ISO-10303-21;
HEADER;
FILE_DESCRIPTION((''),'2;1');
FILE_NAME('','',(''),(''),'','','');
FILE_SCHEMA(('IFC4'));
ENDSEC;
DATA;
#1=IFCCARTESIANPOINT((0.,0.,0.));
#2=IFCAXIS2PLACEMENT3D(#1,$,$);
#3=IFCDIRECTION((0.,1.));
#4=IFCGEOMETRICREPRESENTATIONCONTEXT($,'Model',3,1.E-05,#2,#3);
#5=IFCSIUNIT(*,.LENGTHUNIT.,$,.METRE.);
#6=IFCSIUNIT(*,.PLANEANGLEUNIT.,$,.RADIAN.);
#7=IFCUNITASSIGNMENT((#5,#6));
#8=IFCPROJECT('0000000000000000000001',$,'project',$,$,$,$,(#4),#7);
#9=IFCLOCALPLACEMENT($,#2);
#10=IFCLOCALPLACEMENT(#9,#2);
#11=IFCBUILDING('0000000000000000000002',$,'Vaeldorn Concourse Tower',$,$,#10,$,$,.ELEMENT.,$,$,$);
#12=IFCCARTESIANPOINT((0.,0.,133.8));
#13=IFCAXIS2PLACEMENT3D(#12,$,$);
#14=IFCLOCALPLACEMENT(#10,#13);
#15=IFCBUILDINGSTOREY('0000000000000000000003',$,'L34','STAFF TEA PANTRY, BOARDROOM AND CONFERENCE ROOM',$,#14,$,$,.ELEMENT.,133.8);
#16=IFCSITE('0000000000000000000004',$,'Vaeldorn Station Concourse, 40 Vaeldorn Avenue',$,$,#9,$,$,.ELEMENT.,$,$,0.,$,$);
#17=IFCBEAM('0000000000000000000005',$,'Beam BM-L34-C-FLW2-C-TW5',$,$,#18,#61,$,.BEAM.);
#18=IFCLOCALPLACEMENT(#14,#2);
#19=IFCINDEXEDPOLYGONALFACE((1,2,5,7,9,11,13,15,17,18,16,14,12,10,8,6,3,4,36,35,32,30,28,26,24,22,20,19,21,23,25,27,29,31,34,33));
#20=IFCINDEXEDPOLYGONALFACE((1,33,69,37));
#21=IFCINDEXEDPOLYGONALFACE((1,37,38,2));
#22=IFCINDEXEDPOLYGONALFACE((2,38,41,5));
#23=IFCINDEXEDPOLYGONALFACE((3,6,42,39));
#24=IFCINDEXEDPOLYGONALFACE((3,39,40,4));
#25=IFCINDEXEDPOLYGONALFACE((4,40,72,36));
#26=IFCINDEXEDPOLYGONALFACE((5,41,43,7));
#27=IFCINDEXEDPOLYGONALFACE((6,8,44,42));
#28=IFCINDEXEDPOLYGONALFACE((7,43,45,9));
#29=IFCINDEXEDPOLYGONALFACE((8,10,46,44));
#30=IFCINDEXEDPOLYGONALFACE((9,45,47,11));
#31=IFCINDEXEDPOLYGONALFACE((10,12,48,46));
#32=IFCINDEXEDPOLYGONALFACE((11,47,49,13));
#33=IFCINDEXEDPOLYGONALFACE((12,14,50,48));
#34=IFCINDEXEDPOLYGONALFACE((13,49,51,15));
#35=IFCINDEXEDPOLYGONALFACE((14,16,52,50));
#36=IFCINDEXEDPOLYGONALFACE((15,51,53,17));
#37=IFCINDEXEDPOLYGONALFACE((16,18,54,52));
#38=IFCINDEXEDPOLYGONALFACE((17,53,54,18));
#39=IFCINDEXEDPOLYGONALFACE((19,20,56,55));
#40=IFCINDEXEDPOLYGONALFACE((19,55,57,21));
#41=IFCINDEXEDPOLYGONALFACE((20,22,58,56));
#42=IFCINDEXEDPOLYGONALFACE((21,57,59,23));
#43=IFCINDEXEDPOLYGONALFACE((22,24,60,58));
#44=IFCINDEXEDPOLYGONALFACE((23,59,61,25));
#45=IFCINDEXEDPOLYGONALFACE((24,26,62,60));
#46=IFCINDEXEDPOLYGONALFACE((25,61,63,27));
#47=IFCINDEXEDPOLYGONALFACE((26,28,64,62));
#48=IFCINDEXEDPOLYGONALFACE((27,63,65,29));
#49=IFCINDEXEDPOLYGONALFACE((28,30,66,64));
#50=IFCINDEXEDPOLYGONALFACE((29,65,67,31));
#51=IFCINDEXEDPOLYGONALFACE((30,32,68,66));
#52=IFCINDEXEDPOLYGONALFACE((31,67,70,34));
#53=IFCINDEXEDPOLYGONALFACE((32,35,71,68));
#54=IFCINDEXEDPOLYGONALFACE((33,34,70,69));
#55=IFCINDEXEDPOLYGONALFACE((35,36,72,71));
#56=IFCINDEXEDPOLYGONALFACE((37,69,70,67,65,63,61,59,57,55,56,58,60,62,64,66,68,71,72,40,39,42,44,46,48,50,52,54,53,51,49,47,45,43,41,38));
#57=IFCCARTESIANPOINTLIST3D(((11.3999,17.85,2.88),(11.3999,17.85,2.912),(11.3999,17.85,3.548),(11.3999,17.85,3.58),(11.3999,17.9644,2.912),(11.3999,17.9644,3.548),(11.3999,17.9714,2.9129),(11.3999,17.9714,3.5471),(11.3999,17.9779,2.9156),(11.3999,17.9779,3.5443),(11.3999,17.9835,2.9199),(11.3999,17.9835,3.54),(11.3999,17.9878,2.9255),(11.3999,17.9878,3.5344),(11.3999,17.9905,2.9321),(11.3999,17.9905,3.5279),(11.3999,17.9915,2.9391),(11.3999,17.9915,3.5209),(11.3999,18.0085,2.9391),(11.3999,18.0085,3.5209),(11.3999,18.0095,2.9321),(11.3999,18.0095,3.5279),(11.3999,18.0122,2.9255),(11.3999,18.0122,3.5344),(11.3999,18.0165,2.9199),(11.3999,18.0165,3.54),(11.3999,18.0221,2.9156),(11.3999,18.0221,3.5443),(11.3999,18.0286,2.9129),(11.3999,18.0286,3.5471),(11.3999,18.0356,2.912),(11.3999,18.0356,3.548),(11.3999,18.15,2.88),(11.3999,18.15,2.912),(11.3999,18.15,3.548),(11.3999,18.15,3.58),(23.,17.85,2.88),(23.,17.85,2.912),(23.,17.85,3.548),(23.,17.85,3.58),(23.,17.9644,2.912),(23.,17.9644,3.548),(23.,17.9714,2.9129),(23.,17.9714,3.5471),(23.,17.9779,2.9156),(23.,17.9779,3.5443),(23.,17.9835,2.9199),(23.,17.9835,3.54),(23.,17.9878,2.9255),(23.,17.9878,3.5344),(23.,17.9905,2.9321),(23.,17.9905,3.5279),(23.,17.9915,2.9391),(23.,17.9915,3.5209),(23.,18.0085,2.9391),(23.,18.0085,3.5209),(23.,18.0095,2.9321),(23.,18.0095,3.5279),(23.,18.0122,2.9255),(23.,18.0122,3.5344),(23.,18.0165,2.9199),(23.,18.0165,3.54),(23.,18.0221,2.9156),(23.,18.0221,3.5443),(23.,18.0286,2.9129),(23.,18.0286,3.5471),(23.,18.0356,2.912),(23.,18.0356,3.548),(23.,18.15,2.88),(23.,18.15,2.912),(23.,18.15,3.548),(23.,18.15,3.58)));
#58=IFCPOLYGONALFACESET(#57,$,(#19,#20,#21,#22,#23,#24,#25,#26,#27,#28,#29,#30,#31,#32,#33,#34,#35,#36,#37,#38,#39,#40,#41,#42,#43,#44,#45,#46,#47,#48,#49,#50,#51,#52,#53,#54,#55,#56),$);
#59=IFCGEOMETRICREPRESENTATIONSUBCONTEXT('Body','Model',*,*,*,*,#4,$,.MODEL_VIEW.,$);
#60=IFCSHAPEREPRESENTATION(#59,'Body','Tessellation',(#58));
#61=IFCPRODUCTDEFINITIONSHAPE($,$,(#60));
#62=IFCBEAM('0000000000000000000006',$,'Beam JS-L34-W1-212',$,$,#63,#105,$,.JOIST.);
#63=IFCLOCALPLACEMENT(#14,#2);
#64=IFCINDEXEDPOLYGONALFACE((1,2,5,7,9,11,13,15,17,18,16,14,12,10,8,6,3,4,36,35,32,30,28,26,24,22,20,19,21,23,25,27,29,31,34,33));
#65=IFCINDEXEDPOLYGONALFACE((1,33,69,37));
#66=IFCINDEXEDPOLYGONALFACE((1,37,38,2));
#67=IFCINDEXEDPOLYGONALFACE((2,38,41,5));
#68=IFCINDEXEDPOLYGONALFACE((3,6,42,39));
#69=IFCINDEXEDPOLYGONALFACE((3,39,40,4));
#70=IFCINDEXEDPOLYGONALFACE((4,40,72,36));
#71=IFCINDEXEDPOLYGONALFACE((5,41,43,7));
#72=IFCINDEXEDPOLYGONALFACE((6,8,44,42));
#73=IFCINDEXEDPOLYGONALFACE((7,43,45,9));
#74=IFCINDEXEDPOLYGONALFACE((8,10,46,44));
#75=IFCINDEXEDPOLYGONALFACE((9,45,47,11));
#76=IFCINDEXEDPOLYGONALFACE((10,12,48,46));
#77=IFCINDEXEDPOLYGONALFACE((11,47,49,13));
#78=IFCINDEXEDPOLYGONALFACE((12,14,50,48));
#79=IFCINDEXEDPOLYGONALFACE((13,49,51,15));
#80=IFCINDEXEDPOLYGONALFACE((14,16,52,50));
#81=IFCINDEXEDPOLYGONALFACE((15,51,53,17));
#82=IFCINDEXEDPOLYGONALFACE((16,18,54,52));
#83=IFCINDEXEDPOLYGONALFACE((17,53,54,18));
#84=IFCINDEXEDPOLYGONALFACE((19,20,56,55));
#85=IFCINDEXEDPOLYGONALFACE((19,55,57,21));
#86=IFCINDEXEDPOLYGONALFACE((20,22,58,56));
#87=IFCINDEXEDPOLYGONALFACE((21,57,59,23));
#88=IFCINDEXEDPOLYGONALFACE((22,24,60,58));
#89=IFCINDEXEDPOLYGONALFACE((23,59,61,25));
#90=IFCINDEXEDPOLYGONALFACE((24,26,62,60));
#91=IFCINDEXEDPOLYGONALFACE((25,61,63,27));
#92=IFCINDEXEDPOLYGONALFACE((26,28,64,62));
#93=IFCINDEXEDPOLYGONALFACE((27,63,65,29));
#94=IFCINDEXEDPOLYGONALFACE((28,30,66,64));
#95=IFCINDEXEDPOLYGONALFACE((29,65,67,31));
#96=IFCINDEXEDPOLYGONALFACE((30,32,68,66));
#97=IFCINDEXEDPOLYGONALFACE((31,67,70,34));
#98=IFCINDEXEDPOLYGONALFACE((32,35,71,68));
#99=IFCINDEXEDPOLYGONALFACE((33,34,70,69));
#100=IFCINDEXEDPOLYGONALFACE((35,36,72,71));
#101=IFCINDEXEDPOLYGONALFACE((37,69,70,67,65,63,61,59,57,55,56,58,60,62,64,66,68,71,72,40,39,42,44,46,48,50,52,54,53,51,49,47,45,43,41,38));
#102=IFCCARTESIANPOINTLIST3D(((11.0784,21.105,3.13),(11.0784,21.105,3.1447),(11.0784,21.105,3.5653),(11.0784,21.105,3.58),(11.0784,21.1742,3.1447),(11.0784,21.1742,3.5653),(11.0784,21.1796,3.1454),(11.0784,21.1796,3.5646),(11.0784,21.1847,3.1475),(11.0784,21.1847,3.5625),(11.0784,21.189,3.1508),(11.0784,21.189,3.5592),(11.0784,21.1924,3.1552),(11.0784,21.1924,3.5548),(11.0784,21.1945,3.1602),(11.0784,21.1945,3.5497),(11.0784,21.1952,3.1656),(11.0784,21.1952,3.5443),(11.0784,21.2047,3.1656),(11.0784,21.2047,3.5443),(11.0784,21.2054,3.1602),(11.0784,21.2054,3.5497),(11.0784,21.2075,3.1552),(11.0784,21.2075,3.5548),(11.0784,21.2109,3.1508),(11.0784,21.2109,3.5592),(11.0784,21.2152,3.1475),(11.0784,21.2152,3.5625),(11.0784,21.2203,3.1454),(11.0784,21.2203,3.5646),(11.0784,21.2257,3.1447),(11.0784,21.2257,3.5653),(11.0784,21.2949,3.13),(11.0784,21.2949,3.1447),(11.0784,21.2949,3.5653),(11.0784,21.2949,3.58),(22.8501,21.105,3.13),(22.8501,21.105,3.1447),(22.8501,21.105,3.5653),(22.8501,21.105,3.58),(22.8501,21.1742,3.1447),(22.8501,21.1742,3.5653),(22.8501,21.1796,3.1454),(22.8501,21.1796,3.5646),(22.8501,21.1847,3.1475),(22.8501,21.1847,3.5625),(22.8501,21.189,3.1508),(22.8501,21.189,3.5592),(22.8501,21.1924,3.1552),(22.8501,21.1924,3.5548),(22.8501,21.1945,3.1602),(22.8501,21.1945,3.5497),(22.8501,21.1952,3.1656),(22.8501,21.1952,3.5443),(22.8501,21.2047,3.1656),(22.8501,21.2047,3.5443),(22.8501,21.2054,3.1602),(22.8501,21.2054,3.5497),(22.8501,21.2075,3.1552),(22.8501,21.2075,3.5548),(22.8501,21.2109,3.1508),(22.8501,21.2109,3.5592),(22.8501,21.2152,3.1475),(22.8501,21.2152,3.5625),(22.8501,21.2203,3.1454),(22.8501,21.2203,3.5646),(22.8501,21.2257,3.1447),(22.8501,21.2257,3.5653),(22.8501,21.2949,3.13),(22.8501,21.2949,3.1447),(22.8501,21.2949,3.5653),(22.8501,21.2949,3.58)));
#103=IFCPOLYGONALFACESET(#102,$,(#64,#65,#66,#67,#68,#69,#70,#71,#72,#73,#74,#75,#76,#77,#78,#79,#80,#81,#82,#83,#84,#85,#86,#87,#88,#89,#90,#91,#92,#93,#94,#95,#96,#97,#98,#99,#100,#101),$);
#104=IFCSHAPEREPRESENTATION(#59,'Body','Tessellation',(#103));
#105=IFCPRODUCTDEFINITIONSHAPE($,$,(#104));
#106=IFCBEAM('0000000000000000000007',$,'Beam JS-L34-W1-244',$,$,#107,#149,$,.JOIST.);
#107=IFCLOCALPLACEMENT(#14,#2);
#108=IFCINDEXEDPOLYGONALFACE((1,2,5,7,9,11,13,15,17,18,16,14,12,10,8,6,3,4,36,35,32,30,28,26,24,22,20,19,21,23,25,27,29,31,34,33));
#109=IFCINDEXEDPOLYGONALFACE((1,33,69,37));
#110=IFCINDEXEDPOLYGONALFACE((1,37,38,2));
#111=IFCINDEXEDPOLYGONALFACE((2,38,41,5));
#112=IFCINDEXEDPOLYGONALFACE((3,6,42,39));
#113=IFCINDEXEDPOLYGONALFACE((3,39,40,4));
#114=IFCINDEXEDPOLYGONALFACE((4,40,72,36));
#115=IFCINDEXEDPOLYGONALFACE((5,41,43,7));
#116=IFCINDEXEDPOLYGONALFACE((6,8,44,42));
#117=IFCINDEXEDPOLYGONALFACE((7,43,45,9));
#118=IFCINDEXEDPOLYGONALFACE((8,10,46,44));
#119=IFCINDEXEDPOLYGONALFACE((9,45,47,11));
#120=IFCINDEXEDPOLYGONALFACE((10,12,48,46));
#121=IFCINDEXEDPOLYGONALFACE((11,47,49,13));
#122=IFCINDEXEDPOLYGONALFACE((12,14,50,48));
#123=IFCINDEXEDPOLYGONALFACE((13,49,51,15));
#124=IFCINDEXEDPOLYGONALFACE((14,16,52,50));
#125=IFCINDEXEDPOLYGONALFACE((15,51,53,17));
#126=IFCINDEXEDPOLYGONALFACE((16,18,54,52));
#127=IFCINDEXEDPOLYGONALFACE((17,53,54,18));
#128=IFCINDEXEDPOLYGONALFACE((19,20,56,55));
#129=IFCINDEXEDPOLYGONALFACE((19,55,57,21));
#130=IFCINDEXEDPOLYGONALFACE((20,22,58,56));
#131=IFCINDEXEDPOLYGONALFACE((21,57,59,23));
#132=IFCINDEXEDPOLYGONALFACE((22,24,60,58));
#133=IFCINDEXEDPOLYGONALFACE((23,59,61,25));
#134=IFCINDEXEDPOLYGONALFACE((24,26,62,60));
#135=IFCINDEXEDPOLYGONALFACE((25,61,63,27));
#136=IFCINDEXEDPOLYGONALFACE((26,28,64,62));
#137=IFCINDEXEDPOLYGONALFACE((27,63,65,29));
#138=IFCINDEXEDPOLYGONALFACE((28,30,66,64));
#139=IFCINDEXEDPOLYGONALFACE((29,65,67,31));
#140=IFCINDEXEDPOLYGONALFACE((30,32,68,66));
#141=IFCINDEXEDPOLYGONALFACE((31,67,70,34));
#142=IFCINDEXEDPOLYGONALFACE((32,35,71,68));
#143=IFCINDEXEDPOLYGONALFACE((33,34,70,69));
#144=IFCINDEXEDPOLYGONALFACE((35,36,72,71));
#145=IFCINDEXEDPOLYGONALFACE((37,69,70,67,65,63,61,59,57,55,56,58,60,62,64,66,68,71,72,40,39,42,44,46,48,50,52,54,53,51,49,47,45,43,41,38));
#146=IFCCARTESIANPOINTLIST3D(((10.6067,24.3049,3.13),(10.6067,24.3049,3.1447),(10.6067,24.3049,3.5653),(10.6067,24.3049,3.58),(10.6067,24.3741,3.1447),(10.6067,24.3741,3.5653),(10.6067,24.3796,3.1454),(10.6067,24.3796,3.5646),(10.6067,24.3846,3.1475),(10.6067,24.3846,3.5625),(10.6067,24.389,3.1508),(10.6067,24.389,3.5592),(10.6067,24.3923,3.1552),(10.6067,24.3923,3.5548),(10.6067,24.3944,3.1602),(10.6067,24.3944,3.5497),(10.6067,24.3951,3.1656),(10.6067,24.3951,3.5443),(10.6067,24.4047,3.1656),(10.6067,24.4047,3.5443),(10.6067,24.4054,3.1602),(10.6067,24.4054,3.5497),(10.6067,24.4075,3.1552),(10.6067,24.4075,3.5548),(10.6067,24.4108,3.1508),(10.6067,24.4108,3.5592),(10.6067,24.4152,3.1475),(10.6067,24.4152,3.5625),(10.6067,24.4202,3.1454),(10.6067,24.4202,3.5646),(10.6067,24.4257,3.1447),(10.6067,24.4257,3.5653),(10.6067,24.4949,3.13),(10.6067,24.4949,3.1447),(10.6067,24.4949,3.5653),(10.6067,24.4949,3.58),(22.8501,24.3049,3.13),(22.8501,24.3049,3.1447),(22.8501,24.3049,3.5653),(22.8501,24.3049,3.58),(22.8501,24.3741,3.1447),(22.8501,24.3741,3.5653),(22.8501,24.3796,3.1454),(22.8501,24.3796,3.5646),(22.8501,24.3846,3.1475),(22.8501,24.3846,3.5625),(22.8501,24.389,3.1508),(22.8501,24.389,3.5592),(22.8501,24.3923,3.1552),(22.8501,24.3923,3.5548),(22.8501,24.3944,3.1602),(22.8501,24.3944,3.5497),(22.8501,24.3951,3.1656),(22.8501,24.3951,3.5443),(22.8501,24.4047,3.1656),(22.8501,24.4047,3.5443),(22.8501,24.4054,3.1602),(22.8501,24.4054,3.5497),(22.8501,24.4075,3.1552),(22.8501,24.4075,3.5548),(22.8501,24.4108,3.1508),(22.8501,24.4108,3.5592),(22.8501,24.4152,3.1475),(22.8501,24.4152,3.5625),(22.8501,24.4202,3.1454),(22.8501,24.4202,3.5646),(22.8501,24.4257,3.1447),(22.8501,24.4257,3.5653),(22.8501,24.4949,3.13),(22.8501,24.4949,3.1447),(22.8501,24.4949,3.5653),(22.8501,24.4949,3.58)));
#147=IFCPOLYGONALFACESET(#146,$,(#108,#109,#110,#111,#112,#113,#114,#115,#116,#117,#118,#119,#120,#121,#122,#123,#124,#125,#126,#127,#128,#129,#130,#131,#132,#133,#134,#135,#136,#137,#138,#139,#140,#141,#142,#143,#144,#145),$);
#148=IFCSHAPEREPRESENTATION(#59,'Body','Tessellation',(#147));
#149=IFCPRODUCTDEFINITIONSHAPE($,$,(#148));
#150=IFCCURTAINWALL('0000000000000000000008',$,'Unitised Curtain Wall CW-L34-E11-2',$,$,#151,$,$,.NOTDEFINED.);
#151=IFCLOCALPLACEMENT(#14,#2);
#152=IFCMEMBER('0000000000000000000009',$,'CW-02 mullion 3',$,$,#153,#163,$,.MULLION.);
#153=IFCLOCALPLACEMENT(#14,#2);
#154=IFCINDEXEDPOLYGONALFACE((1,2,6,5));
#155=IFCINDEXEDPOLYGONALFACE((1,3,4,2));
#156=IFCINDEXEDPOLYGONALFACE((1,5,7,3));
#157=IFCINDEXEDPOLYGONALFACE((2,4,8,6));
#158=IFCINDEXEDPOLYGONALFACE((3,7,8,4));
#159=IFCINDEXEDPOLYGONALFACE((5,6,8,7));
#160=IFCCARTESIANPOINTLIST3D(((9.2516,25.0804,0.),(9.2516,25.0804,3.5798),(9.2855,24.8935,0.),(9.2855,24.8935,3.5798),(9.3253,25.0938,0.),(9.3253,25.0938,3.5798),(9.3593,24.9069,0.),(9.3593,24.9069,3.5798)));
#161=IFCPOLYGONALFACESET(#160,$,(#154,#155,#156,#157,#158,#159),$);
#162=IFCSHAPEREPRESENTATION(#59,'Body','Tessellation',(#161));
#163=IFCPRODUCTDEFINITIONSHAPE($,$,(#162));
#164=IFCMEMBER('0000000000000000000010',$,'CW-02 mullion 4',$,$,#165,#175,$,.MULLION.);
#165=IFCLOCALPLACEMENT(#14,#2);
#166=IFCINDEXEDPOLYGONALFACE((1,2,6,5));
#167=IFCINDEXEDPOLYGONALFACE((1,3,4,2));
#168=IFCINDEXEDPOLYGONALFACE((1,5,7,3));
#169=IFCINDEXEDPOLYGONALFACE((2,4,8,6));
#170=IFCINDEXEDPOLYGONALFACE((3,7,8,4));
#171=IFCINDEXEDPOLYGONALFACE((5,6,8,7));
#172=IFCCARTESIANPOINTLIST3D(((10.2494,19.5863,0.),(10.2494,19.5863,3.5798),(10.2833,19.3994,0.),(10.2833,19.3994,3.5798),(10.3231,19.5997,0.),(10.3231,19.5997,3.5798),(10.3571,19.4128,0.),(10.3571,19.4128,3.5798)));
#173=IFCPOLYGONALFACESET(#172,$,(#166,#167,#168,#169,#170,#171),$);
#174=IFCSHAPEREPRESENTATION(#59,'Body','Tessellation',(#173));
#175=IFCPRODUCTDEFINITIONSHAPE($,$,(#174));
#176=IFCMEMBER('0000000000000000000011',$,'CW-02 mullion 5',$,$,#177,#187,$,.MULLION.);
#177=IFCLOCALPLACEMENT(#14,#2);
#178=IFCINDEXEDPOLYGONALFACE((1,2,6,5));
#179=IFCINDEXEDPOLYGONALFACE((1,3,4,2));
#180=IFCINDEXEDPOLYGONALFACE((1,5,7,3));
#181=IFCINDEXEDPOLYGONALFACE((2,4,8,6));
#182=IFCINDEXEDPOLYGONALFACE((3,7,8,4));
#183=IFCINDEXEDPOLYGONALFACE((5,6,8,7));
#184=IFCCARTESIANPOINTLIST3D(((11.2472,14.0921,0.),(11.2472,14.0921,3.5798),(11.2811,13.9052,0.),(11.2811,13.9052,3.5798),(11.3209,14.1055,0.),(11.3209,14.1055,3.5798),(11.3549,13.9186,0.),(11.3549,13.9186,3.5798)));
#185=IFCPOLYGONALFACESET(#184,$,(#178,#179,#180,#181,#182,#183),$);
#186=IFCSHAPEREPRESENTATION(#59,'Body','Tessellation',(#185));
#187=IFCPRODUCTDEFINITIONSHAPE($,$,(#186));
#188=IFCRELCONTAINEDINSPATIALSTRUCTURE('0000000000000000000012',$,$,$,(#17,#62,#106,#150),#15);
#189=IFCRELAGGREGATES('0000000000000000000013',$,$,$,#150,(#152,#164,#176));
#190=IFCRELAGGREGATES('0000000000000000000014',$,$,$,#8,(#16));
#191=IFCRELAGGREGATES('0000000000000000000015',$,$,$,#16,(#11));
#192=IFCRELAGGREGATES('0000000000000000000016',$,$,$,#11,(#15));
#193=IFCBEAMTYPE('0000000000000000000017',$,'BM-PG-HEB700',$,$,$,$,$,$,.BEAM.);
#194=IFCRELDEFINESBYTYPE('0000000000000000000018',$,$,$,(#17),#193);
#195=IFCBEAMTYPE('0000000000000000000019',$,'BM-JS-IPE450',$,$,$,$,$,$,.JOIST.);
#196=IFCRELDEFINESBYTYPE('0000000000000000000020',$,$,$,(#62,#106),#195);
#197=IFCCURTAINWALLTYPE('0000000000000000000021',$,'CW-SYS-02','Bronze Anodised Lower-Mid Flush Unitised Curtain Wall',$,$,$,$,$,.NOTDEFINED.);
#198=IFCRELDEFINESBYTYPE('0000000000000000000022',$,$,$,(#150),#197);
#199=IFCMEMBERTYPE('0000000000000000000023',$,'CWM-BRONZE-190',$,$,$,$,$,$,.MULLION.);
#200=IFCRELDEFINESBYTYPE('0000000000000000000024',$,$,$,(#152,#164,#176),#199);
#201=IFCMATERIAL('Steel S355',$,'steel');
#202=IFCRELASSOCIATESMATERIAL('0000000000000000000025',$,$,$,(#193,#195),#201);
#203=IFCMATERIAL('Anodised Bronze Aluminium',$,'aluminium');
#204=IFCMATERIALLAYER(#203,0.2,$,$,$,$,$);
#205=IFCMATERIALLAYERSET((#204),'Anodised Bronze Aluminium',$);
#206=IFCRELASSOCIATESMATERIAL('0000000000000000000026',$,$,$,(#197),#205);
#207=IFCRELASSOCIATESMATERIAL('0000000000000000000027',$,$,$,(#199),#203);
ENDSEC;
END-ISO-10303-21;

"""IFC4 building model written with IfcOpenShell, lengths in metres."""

from ifc_helpers import new_model, si_unit, direction, frame, origin, origin_2d, place, context, subcontext, project, spatial, rectangle, i_section, extrude, source, transform, mapped, material, layer, layer_set, material_profile, profile_set, type_object, element, aggregate, save


model = new_model("IFC4")

# Units and contexts
model_context = context("Model", 3, precision=1e-05, world=origin(), true_north=direction((0.0, 1.0)))
body_context = subcontext(model_context, "Body", "Model", "MODEL_VIEW")
ifc_project = project(units=[si_unit("LENGTHUNIT", "METRE"), si_unit("PLANEANGLEUNIT", "RADIAN")], contexts=[model_context])

# Site, building, storey
site_placement = place(None, origin())
site = spatial("IfcSite", under=ifc_project, at=site_placement, Name="Vaeldorn Station Concourse, 40 Vaeldorn Avenue", CompositionType="ELEMENT", RefElevation=0.0)
building_placement = place(site_placement, origin())
building = spatial("IfcBuilding", under=site, at=building_placement, Name="Vaeldorn Concourse Tower", CompositionType="ELEMENT")
storey_placement = place(building_placement, frame((0.0, 0.0, 133.8)))
storey = spatial("IfcBuildingStorey", under=building, at=storey_placement, Name="L34", Description="STAFF TEA PANTRY, BOARDROOM AND CONFERENCE ROOM", CompositionType="ELEMENT", Elevation=133.8)

# Beams
ifc_material_1 = material(Name="Steel S355", Category="steel")
ifc_material_profile_1 = material_profile(ifc_material_1, i_section(OverallWidth=0.3, OverallDepth=0.7, WebThickness=0.0171, FlangeThickness=0.032, FilletRadius=0.0271, at=origin_2d()), Name="HEB 700")
ifc_profile_set_1 = profile_set([ifc_material_profile_1], Name="Steel S355")
beam_type_1 = type_object("IfcBeamType", Name="BM-PG-HEB700", PredefinedType="BEAM", material=ifc_profile_set_1)
shared_shape_1 = source(origin(), body_context, "Body", "SweptSolid", [
    extrude(i_section(OverallWidth=0.3, OverallDepth=0.7, WebThickness=0.0171, FlangeThickness=0.032, FilletRadius=0.0271, at=origin_2d()), origin(), (0.0, 0.0, 1.0), 11.6001),
])
beam_1_placement = place(storey_placement, frame((11.3999, 18.0, 3.23), z_axis=(1.0, 0.0, 0.0), x_axis=(0.0, 1.0, 0.0)))
element("IfcBeam", 1, at=beam_1_placement, inside=storey, type_object=beam_type_1, Name="Beam BM-L34-C-FLW2-C-TW5", PredefinedType="BEAM", context=body_context, shape_type="MappedRepresentation", body=[
    mapped(shared_shape_1, transform((0.0, 0.0, 0.0), scale=1.0)),
])
ifc_material_profile_2 = material_profile(ifc_material_1, i_section(OverallWidth=0.1899, OverallDepth=0.45, WebThickness=0.0095, FlangeThickness=0.0146, FilletRadius=0.021, at=origin_2d()), Name="IPE 450")
ifc_profile_set_2 = profile_set([ifc_material_profile_2], Name="Steel S355")
beam_type_2 = type_object("IfcBeamType", Name="BM-JS-IPE450", PredefinedType="JOIST", material=ifc_profile_set_2)
shared_shape_2 = source(origin(), body_context, "Body", "SweptSolid", [
    extrude(i_section(OverallWidth=0.1899, OverallDepth=0.45, WebThickness=0.0095, FlangeThickness=0.0146, FilletRadius=0.021, at=origin_2d()), origin(), (0.0, 0.0, 1.0), 11.7717),
])
beam_2_placement = place(storey_placement, frame((11.0784, 21.2, 3.355), z_axis=(1.0, 0.0, 0.0), x_axis=(0.0, 1.0, 0.0)))
element("IfcBeam", 2, at=beam_2_placement, inside=storey, type_object=beam_type_2, Name="Beam JS-L34-W1-212", PredefinedType="JOIST", context=body_context, shape_type="MappedRepresentation", body=[
    mapped(shared_shape_2, transform((0.0, 0.0, 0.0), scale=1.0)),
])
shared_shape_3 = source(origin(), body_context, "Body", "SweptSolid", [
    extrude(i_section(OverallWidth=0.1899, OverallDepth=0.45, WebThickness=0.0095, FlangeThickness=0.0146, FilletRadius=0.021, at=origin_2d()), origin(), (0.0, 0.0, 1.0), 12.2434),
])
beam_3_placement = place(storey_placement, frame((10.6067, 24.3999, 3.355), z_axis=(1.0, 0.0, 0.0), x_axis=(0.0, 1.0, 0.0)))
element("IfcBeam", 3, at=beam_3_placement, inside=storey, type_object=beam_type_2, Name="Beam JS-L34-W1-244", PredefinedType="JOIST", context=body_context, shape_type="MappedRepresentation", body=[
    mapped(shared_shape_3, transform((0.0, 0.0, 0.0), scale=1.0)),
])

# Curtain wall, members
ifc_material_2 = material(Name="Anodised Bronze Aluminium", Category="aluminium")
ifc_layer_1 = layer(ifc_material_2, 0.2)
ifc_layer_set_1 = layer_set([ifc_layer_1], Name="Anodised Bronze Aluminium")
curtain_wall_type = type_object("IfcCurtainWallType", Name="CW-SYS-02", Description="Bronze Anodised Lower-Mid Flush Unitised Curtain Wall", PredefinedType="NOTDEFINED", material=ifc_layer_set_1)
curtain_wall_placement = place(storey_placement, origin())
curtain_wall = element("IfcCurtainWall", 4, at=curtain_wall_placement, inside=storey, type_object=curtain_wall_type, Name="Unitised Curtain Wall CW-L34-E11-2", PredefinedType="NOTDEFINED")
ifc_material_profile_3 = material_profile(ifc_material_2, rectangle(XDim=0.075, YDim=0.1899, at=origin_2d()), Name="CWM 75x190")
ifc_profile_set_3 = profile_set([ifc_material_profile_3], Name="Anodised Bronze Aluminium")
member_type_1 = type_object("IfcMemberType", Name="CWM-BRONZE-190", PredefinedType="MULLION", material=ifc_profile_set_3)
shared_shape_4 = source(origin(), body_context, "Body", "SweptSolid", [
    extrude(rectangle(XDim=0.075, YDim=0.1899, at=origin_2d()), origin(), (0.0, 0.0, 1.0), 3.5798),
])
member_1_placement = place(storey_placement, frame((9.3054, 24.9937, 0.0), z_axis=(0.0, 0.0, 1.0), x_axis=(0.983905, 0.178692, 0.0)))
member_1 = element("IfcMember", 5, at=member_1_placement, type_object=member_type_1, Name="CW-02 mullion 3", PredefinedType="MULLION", context=body_context, shape_type="MappedRepresentation", body=[
    mapped(shared_shape_4, transform((0.0, 0.0, 0.0), scale=1.0)),
])
member_2_placement = place(storey_placement, frame((10.3032, 19.4995, 0.0), z_axis=(0.0, 0.0, 1.0), x_axis=(0.983905, 0.178692, 0.0)))
member_2 = element("IfcMember", 6, at=member_2_placement, type_object=member_type_1, Name="CW-02 mullion 4", PredefinedType="MULLION", context=body_context, shape_type="MappedRepresentation", body=[
    mapped(shared_shape_4, transform((0.0, 0.0, 0.0), scale=1.0)),
])
member_3_placement = place(storey_placement, frame((11.301, 14.0054, 0.0), z_axis=(0.0, 0.0, 1.0), x_axis=(0.983905, 0.178692, 0.0)))
member_3 = element("IfcMember", 7, at=member_3_placement, type_object=member_type_1, Name="CW-02 mullion 5", PredefinedType="MULLION", context=body_context, shape_type="MappedRepresentation", body=[
    mapped(shared_shape_4, transform((0.0, 0.0, 0.0), scale=1.0)),
])
aggregate(curtain_wall, [member_1, member_2, member_3])

save(model, "model.ifc")
